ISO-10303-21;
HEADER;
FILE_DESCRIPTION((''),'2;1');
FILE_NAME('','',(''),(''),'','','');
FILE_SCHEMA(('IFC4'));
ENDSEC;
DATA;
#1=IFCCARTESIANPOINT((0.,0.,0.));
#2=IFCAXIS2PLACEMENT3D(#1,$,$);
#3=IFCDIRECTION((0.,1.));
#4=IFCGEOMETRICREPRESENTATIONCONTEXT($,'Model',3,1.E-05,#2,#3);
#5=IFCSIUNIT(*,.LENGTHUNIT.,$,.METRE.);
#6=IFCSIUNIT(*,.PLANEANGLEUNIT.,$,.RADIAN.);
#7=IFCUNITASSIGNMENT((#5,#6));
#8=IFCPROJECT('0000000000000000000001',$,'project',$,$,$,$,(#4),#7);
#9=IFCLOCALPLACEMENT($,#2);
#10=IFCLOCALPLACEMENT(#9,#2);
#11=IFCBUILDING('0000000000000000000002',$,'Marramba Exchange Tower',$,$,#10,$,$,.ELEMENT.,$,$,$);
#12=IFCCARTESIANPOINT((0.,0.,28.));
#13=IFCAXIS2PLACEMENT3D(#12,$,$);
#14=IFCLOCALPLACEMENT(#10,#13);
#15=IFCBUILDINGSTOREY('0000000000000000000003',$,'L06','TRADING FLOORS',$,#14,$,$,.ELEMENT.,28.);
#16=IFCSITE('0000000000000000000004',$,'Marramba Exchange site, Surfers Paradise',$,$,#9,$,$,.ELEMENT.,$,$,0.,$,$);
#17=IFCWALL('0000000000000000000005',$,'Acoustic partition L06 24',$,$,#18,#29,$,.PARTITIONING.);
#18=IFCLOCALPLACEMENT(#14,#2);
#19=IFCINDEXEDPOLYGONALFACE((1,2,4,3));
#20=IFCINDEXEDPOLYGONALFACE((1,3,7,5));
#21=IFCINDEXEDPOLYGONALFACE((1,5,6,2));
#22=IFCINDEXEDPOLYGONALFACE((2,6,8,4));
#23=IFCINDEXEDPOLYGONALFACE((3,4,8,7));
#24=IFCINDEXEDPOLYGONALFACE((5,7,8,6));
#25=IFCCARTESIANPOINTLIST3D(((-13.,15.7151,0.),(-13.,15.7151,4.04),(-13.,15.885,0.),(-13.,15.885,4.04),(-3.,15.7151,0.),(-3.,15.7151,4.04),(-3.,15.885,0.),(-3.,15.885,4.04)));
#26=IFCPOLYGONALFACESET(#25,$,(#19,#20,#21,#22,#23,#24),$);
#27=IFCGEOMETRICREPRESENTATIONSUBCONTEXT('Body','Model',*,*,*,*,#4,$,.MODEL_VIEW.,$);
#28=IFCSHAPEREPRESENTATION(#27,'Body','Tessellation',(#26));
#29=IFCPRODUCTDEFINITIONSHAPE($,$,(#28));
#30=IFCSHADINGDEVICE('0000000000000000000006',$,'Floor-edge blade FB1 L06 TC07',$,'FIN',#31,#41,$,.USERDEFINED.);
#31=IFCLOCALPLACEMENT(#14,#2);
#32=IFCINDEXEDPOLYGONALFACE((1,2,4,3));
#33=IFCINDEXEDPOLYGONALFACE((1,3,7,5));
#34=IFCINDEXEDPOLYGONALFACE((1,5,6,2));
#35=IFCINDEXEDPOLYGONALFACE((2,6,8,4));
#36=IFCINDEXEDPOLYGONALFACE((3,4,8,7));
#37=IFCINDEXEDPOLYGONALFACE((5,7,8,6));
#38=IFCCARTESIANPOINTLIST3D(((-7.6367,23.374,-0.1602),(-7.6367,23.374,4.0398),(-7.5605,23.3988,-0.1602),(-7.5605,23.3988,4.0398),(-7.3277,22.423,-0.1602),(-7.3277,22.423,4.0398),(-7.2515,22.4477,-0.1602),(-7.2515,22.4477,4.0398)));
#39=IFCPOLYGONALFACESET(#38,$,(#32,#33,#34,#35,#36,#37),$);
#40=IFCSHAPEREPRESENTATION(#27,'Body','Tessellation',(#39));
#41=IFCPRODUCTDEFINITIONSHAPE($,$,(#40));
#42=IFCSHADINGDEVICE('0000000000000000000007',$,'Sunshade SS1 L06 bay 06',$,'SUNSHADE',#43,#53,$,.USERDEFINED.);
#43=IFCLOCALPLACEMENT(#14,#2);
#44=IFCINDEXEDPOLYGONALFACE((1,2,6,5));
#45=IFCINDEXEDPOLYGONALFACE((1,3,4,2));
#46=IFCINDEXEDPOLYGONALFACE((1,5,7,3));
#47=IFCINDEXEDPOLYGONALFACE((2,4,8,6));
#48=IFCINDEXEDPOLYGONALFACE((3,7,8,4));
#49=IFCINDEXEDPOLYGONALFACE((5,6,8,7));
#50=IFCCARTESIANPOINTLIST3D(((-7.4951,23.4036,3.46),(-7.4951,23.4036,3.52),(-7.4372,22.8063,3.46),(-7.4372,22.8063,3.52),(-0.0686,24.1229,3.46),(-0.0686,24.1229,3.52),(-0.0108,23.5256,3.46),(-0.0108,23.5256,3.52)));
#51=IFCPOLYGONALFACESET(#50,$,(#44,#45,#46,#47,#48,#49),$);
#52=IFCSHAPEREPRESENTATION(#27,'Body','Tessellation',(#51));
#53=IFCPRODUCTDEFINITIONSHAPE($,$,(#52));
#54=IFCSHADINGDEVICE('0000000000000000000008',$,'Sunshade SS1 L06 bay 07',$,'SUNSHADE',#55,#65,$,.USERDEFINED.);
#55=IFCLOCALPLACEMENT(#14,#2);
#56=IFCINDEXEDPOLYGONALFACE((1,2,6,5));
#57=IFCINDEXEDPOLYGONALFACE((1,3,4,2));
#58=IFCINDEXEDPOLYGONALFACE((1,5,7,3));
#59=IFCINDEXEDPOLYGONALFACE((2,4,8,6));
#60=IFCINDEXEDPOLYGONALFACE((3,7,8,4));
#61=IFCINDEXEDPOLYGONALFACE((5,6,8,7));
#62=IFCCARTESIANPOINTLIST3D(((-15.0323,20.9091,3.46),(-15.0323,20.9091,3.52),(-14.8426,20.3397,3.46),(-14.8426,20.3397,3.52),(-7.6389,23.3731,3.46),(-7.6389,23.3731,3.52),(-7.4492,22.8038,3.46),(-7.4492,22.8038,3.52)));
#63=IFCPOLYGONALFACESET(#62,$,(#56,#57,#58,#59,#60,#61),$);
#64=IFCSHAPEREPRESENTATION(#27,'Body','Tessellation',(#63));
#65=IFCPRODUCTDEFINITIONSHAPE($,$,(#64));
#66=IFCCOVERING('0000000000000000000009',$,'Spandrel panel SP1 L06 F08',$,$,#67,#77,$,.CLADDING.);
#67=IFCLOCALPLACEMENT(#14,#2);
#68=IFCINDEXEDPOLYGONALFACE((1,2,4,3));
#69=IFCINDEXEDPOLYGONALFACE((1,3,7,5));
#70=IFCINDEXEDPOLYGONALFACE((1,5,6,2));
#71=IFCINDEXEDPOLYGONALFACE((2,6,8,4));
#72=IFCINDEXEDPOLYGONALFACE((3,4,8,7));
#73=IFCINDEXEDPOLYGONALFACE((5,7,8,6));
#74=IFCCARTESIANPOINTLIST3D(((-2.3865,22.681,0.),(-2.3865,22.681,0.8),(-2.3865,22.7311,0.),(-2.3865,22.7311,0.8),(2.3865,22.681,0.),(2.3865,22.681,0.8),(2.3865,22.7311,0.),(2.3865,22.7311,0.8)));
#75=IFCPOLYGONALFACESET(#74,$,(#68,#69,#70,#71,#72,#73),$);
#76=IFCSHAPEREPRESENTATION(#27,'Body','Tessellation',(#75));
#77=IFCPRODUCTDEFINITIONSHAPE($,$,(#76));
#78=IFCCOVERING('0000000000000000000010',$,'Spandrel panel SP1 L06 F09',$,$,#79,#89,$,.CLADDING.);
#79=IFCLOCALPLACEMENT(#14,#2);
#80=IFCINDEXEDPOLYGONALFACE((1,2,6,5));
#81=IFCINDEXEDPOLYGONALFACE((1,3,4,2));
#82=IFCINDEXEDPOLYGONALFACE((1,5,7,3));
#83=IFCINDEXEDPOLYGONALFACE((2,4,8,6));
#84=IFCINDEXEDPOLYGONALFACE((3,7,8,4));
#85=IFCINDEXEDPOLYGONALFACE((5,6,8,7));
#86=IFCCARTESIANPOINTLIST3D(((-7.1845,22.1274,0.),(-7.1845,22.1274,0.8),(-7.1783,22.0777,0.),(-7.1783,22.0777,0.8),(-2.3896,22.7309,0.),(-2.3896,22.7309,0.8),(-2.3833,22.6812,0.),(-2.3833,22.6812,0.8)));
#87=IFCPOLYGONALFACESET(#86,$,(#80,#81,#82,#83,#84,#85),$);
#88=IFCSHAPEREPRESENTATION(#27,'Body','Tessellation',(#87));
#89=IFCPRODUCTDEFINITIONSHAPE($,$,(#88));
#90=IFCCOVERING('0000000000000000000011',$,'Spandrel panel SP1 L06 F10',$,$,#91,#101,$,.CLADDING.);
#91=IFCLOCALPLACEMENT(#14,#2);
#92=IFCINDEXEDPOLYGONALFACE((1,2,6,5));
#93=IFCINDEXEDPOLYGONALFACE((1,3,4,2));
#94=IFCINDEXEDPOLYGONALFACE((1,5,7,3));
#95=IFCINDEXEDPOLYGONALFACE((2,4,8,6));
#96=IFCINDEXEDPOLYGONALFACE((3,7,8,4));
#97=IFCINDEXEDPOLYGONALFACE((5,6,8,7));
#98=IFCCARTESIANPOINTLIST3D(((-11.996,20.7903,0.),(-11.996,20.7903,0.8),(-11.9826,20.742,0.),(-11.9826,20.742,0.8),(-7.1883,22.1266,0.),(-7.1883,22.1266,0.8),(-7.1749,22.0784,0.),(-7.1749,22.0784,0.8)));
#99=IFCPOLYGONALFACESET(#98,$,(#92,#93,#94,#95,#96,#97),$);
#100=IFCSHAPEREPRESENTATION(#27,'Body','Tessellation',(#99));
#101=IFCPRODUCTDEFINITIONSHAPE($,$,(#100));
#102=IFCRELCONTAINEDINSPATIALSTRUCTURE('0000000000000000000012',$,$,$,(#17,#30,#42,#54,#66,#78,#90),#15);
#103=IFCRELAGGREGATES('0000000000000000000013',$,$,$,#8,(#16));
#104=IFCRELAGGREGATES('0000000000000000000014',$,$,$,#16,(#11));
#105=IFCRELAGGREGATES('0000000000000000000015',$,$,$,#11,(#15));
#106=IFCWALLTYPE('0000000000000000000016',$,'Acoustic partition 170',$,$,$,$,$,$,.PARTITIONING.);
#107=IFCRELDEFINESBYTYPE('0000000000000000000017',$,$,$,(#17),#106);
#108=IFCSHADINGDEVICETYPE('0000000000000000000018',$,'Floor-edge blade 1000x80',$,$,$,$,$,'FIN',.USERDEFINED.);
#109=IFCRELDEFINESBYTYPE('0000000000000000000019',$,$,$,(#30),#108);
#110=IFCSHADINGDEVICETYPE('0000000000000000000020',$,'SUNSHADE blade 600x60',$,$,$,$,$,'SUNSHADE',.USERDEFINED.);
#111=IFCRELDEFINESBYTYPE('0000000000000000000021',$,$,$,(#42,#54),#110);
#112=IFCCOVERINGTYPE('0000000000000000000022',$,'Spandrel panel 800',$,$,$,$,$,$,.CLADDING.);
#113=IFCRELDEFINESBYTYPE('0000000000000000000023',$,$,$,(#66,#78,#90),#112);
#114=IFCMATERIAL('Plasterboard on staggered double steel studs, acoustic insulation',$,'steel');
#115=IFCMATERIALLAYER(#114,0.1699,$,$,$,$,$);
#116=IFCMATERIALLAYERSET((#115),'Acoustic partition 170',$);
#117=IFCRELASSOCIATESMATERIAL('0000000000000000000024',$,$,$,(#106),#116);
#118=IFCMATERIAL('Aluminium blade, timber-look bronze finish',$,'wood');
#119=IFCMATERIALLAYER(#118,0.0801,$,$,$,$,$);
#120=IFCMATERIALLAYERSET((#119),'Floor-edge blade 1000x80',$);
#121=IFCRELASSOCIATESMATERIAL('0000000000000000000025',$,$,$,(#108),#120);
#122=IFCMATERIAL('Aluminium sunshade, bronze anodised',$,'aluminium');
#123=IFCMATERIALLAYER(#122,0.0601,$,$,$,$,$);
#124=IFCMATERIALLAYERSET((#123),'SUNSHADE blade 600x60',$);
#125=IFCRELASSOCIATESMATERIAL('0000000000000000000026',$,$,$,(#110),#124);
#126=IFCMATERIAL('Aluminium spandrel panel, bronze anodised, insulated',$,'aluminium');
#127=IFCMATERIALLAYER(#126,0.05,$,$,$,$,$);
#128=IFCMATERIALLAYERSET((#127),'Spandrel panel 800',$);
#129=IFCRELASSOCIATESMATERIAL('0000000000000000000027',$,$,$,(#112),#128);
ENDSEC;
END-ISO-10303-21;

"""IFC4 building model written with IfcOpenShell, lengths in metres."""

from ifc_helpers import new_model, si_unit, direction, frame, frame_2d, origin, origin_2d, place, context, subcontext, project, spatial, rectangle, extrude, material, layer, layer_set, type_object, element, save


model = new_model("IFC4")

# Units and contexts
model_context = context("Model", 3, precision=1e-05, world=origin(), true_north=direction((0.0, 1.0)))
body_context = subcontext(model_context, "Body", "Model", "MODEL_VIEW")
ifc_project = project(units=[si_unit("LENGTHUNIT", "METRE"), si_unit("PLANEANGLEUNIT", "RADIAN")], contexts=[model_context])

# Site, building, storey
site_placement = place(None, origin())
site = spatial("IfcSite", under=ifc_project, at=site_placement, Name="Marramba Exchange site, Surfers Paradise", CompositionType="ELEMENT", RefElevation=0.0)
building_placement = place(site_placement, origin())
building = spatial("IfcBuilding", under=site, at=building_placement, Name="Marramba Exchange Tower", CompositionType="ELEMENT")
storey_placement = place(building_placement, frame((0.0, 0.0, 28.0)))
storey = spatial("IfcBuildingStorey", under=building, at=storey_placement, Name="L06", Description="TRADING FLOORS", CompositionType="ELEMENT", Elevation=28.0)

# Wall
ifc_material_1 = material(Name="Plasterboard on staggered double steel studs, acoustic insulation", Category="steel")
ifc_layer_1 = layer(ifc_material_1, 0.1699)
ifc_layer_set_1 = layer_set([ifc_layer_1], Name="Acoustic partition 170")
wall_type = type_object("IfcWallType", Name="Acoustic partition 170", PredefinedType="PARTITIONING", material=ifc_layer_set_1)
wall_placement = place(storey_placement, frame((-3.0, 15.8, 0.0), z_axis=(0.0, 0.0, 1.0), x_axis=(-1.0, 0.0, 0.0)))
element("IfcWall", 1, at=wall_placement, inside=storey, type_object=wall_type, Name="Acoustic partition L06 24", PredefinedType="PARTITIONING", context=body_context, shape_type="SweptSolid", body=[
    extrude(rectangle(XDim=10.0, YDim=0.1699, at=frame_2d((5.0, 0.0))), origin(), (0.0, 0.0, 1.0), 4.04),
])

# Shading devices
ifc_material_2 = material(Name="Aluminium blade, timber-look bronze finish", Category="wood")
ifc_layer_2 = layer(ifc_material_2, 0.0801)
ifc_layer_set_2 = layer_set([ifc_layer_2], Name="Floor-edge blade 1000x80")
shading_device_type_1 = type_object("IfcShadingDeviceType", Name="Floor-edge blade 1000x80", ElementType="FIN", PredefinedType="USERDEFINED", material=ifc_layer_set_2)
shading_device_1_placement = place(storey_placement, frame((-7.4441, 22.9109, -0.1602), z_axis=(0.0, 0.0, 1.0), x_axis=(-0.309017, 0.951057, 0.0)))
element("IfcShadingDevice", 2, at=shading_device_1_placement, inside=storey, type_object=shading_device_type_1, Name="Floor-edge blade FB1 L06 TC07", ObjectType="FIN", PredefinedType="USERDEFINED", context=body_context, shape_type="SweptSolid", body=[
    extrude(rectangle(XDim=1.0, YDim=0.0801, at=origin_2d()), origin(), (0.0, 0.0, 1.0), 4.2),
])
ifc_material_3 = material(Name="Aluminium sunshade, bronze anodised", Category="aluminium")
ifc_layer_3 = layer(ifc_material_3, 0.0601)
ifc_layer_set_3 = layer_set([ifc_layer_3], Name="SUNSHADE blade 600x60")
shading_device_type_2 = type_object("IfcShadingDeviceType", Name="SUNSHADE blade 600x60", ElementType="SUNSHADE", PredefinedType="USERDEFINED", material=ifc_layer_set_3)
shading_device_2_placement = place(storey_placement, frame((-3.7529, 23.4646, 3.46), z_axis=(0.0, 0.0, 1.0), x_axis=(-0.995343, -0.096398, 0.0)))
element("IfcShadingDevice", 3, at=shading_device_2_placement, inside=storey, type_object=shading_device_type_2, Name="Sunshade SS1 L06 bay 06", ObjectType="SUNSHADE", PredefinedType="USERDEFINED", context=body_context, shape_type="SweptSolid", body=[
    extrude(rectangle(XDim=7.4612, YDim=0.6001, at=origin_2d()), origin(), (0.0, 0.0, 1.0), 0.0601),
])
shading_device_3_placement = place(storey_placement, frame((-11.2407, 21.8564, 3.46), z_axis=(0.0, 0.0, 1.0), x_axis=(-0.948698, -0.316184, 0.0)))
element("IfcShadingDevice", 4, at=shading_device_3_placement, inside=storey, type_object=shading_device_type_2, Name="Sunshade SS1 L06 bay 07", ObjectType="SUNSHADE", PredefinedType="USERDEFINED", context=body_context, shape_type="SweptSolid", body=[
    extrude(rectangle(XDim=7.7932, YDim=0.6001, at=origin_2d()), origin(), (0.0, 0.0, 1.0), 0.0601),
])

# Coverings
ifc_material_4 = material(Name="Aluminium spandrel panel, bronze anodised, insulated", Category="aluminium")
ifc_layer_4 = layer(ifc_material_4, 0.05)
ifc_layer_set_4 = layer_set([ifc_layer_4], Name="Spandrel panel 800")
covering_type = type_object("IfcCoveringType", Name="Spandrel panel 800", PredefinedType="CLADDING", material=ifc_layer_set_4)
covering_1_placement = place(storey_placement, frame((0.0, 22.7061, 0.0), z_axis=(0.0, 0.0, 1.0), x_axis=(-1.0, 0.0, 0.0)))
element("IfcCovering", 5, at=covering_1_placement, inside=storey, type_object=covering_type, Name="Spandrel panel SP1 L06 F08", PredefinedType="CLADDING", context=body_context, shape_type="SweptSolid", body=[
    extrude(rectangle(XDim=4.7729, YDim=0.05, at=origin_2d()), origin(), (0.0, 0.0, 1.0), 0.8),
])
covering_2_placement = place(storey_placement, frame((-4.7839, 22.4043, 0.0), z_axis=(0.0, 0.0, 1.0), x_axis=(-0.992173, -0.124873, 0.0)))
element("IfcCovering", 6, at=covering_2_placement, inside=storey, type_object=covering_type, Name="Spandrel panel SP1 L06 F09", PredefinedType="CLADDING", context=body_context, shape_type="SweptSolid", body=[
    extrude(rectangle(XDim=4.8328, YDim=0.05, at=origin_2d()), origin(), (0.0, 0.0, 1.0), 0.8),
])
covering_3_placement = place(storey_placement, frame((-9.5854, 21.4343, 0.0), z_axis=(0.0, 0.0, 1.0), x_axis=(-0.963472, -0.267809, 0.0)))
element("IfcCovering", 7, at=covering_3_placement, inside=storey, type_object=covering_type, Name="Spandrel panel SP1 L06 F10", PredefinedType="CLADDING", context=body_context, shape_type="SweptSolid", body=[
    extrude(rectangle(XDim=4.99, YDim=0.05, at=origin_2d()), origin(), (0.0, 0.0, 1.0), 0.8),
])

save(model, "model.ifc")
